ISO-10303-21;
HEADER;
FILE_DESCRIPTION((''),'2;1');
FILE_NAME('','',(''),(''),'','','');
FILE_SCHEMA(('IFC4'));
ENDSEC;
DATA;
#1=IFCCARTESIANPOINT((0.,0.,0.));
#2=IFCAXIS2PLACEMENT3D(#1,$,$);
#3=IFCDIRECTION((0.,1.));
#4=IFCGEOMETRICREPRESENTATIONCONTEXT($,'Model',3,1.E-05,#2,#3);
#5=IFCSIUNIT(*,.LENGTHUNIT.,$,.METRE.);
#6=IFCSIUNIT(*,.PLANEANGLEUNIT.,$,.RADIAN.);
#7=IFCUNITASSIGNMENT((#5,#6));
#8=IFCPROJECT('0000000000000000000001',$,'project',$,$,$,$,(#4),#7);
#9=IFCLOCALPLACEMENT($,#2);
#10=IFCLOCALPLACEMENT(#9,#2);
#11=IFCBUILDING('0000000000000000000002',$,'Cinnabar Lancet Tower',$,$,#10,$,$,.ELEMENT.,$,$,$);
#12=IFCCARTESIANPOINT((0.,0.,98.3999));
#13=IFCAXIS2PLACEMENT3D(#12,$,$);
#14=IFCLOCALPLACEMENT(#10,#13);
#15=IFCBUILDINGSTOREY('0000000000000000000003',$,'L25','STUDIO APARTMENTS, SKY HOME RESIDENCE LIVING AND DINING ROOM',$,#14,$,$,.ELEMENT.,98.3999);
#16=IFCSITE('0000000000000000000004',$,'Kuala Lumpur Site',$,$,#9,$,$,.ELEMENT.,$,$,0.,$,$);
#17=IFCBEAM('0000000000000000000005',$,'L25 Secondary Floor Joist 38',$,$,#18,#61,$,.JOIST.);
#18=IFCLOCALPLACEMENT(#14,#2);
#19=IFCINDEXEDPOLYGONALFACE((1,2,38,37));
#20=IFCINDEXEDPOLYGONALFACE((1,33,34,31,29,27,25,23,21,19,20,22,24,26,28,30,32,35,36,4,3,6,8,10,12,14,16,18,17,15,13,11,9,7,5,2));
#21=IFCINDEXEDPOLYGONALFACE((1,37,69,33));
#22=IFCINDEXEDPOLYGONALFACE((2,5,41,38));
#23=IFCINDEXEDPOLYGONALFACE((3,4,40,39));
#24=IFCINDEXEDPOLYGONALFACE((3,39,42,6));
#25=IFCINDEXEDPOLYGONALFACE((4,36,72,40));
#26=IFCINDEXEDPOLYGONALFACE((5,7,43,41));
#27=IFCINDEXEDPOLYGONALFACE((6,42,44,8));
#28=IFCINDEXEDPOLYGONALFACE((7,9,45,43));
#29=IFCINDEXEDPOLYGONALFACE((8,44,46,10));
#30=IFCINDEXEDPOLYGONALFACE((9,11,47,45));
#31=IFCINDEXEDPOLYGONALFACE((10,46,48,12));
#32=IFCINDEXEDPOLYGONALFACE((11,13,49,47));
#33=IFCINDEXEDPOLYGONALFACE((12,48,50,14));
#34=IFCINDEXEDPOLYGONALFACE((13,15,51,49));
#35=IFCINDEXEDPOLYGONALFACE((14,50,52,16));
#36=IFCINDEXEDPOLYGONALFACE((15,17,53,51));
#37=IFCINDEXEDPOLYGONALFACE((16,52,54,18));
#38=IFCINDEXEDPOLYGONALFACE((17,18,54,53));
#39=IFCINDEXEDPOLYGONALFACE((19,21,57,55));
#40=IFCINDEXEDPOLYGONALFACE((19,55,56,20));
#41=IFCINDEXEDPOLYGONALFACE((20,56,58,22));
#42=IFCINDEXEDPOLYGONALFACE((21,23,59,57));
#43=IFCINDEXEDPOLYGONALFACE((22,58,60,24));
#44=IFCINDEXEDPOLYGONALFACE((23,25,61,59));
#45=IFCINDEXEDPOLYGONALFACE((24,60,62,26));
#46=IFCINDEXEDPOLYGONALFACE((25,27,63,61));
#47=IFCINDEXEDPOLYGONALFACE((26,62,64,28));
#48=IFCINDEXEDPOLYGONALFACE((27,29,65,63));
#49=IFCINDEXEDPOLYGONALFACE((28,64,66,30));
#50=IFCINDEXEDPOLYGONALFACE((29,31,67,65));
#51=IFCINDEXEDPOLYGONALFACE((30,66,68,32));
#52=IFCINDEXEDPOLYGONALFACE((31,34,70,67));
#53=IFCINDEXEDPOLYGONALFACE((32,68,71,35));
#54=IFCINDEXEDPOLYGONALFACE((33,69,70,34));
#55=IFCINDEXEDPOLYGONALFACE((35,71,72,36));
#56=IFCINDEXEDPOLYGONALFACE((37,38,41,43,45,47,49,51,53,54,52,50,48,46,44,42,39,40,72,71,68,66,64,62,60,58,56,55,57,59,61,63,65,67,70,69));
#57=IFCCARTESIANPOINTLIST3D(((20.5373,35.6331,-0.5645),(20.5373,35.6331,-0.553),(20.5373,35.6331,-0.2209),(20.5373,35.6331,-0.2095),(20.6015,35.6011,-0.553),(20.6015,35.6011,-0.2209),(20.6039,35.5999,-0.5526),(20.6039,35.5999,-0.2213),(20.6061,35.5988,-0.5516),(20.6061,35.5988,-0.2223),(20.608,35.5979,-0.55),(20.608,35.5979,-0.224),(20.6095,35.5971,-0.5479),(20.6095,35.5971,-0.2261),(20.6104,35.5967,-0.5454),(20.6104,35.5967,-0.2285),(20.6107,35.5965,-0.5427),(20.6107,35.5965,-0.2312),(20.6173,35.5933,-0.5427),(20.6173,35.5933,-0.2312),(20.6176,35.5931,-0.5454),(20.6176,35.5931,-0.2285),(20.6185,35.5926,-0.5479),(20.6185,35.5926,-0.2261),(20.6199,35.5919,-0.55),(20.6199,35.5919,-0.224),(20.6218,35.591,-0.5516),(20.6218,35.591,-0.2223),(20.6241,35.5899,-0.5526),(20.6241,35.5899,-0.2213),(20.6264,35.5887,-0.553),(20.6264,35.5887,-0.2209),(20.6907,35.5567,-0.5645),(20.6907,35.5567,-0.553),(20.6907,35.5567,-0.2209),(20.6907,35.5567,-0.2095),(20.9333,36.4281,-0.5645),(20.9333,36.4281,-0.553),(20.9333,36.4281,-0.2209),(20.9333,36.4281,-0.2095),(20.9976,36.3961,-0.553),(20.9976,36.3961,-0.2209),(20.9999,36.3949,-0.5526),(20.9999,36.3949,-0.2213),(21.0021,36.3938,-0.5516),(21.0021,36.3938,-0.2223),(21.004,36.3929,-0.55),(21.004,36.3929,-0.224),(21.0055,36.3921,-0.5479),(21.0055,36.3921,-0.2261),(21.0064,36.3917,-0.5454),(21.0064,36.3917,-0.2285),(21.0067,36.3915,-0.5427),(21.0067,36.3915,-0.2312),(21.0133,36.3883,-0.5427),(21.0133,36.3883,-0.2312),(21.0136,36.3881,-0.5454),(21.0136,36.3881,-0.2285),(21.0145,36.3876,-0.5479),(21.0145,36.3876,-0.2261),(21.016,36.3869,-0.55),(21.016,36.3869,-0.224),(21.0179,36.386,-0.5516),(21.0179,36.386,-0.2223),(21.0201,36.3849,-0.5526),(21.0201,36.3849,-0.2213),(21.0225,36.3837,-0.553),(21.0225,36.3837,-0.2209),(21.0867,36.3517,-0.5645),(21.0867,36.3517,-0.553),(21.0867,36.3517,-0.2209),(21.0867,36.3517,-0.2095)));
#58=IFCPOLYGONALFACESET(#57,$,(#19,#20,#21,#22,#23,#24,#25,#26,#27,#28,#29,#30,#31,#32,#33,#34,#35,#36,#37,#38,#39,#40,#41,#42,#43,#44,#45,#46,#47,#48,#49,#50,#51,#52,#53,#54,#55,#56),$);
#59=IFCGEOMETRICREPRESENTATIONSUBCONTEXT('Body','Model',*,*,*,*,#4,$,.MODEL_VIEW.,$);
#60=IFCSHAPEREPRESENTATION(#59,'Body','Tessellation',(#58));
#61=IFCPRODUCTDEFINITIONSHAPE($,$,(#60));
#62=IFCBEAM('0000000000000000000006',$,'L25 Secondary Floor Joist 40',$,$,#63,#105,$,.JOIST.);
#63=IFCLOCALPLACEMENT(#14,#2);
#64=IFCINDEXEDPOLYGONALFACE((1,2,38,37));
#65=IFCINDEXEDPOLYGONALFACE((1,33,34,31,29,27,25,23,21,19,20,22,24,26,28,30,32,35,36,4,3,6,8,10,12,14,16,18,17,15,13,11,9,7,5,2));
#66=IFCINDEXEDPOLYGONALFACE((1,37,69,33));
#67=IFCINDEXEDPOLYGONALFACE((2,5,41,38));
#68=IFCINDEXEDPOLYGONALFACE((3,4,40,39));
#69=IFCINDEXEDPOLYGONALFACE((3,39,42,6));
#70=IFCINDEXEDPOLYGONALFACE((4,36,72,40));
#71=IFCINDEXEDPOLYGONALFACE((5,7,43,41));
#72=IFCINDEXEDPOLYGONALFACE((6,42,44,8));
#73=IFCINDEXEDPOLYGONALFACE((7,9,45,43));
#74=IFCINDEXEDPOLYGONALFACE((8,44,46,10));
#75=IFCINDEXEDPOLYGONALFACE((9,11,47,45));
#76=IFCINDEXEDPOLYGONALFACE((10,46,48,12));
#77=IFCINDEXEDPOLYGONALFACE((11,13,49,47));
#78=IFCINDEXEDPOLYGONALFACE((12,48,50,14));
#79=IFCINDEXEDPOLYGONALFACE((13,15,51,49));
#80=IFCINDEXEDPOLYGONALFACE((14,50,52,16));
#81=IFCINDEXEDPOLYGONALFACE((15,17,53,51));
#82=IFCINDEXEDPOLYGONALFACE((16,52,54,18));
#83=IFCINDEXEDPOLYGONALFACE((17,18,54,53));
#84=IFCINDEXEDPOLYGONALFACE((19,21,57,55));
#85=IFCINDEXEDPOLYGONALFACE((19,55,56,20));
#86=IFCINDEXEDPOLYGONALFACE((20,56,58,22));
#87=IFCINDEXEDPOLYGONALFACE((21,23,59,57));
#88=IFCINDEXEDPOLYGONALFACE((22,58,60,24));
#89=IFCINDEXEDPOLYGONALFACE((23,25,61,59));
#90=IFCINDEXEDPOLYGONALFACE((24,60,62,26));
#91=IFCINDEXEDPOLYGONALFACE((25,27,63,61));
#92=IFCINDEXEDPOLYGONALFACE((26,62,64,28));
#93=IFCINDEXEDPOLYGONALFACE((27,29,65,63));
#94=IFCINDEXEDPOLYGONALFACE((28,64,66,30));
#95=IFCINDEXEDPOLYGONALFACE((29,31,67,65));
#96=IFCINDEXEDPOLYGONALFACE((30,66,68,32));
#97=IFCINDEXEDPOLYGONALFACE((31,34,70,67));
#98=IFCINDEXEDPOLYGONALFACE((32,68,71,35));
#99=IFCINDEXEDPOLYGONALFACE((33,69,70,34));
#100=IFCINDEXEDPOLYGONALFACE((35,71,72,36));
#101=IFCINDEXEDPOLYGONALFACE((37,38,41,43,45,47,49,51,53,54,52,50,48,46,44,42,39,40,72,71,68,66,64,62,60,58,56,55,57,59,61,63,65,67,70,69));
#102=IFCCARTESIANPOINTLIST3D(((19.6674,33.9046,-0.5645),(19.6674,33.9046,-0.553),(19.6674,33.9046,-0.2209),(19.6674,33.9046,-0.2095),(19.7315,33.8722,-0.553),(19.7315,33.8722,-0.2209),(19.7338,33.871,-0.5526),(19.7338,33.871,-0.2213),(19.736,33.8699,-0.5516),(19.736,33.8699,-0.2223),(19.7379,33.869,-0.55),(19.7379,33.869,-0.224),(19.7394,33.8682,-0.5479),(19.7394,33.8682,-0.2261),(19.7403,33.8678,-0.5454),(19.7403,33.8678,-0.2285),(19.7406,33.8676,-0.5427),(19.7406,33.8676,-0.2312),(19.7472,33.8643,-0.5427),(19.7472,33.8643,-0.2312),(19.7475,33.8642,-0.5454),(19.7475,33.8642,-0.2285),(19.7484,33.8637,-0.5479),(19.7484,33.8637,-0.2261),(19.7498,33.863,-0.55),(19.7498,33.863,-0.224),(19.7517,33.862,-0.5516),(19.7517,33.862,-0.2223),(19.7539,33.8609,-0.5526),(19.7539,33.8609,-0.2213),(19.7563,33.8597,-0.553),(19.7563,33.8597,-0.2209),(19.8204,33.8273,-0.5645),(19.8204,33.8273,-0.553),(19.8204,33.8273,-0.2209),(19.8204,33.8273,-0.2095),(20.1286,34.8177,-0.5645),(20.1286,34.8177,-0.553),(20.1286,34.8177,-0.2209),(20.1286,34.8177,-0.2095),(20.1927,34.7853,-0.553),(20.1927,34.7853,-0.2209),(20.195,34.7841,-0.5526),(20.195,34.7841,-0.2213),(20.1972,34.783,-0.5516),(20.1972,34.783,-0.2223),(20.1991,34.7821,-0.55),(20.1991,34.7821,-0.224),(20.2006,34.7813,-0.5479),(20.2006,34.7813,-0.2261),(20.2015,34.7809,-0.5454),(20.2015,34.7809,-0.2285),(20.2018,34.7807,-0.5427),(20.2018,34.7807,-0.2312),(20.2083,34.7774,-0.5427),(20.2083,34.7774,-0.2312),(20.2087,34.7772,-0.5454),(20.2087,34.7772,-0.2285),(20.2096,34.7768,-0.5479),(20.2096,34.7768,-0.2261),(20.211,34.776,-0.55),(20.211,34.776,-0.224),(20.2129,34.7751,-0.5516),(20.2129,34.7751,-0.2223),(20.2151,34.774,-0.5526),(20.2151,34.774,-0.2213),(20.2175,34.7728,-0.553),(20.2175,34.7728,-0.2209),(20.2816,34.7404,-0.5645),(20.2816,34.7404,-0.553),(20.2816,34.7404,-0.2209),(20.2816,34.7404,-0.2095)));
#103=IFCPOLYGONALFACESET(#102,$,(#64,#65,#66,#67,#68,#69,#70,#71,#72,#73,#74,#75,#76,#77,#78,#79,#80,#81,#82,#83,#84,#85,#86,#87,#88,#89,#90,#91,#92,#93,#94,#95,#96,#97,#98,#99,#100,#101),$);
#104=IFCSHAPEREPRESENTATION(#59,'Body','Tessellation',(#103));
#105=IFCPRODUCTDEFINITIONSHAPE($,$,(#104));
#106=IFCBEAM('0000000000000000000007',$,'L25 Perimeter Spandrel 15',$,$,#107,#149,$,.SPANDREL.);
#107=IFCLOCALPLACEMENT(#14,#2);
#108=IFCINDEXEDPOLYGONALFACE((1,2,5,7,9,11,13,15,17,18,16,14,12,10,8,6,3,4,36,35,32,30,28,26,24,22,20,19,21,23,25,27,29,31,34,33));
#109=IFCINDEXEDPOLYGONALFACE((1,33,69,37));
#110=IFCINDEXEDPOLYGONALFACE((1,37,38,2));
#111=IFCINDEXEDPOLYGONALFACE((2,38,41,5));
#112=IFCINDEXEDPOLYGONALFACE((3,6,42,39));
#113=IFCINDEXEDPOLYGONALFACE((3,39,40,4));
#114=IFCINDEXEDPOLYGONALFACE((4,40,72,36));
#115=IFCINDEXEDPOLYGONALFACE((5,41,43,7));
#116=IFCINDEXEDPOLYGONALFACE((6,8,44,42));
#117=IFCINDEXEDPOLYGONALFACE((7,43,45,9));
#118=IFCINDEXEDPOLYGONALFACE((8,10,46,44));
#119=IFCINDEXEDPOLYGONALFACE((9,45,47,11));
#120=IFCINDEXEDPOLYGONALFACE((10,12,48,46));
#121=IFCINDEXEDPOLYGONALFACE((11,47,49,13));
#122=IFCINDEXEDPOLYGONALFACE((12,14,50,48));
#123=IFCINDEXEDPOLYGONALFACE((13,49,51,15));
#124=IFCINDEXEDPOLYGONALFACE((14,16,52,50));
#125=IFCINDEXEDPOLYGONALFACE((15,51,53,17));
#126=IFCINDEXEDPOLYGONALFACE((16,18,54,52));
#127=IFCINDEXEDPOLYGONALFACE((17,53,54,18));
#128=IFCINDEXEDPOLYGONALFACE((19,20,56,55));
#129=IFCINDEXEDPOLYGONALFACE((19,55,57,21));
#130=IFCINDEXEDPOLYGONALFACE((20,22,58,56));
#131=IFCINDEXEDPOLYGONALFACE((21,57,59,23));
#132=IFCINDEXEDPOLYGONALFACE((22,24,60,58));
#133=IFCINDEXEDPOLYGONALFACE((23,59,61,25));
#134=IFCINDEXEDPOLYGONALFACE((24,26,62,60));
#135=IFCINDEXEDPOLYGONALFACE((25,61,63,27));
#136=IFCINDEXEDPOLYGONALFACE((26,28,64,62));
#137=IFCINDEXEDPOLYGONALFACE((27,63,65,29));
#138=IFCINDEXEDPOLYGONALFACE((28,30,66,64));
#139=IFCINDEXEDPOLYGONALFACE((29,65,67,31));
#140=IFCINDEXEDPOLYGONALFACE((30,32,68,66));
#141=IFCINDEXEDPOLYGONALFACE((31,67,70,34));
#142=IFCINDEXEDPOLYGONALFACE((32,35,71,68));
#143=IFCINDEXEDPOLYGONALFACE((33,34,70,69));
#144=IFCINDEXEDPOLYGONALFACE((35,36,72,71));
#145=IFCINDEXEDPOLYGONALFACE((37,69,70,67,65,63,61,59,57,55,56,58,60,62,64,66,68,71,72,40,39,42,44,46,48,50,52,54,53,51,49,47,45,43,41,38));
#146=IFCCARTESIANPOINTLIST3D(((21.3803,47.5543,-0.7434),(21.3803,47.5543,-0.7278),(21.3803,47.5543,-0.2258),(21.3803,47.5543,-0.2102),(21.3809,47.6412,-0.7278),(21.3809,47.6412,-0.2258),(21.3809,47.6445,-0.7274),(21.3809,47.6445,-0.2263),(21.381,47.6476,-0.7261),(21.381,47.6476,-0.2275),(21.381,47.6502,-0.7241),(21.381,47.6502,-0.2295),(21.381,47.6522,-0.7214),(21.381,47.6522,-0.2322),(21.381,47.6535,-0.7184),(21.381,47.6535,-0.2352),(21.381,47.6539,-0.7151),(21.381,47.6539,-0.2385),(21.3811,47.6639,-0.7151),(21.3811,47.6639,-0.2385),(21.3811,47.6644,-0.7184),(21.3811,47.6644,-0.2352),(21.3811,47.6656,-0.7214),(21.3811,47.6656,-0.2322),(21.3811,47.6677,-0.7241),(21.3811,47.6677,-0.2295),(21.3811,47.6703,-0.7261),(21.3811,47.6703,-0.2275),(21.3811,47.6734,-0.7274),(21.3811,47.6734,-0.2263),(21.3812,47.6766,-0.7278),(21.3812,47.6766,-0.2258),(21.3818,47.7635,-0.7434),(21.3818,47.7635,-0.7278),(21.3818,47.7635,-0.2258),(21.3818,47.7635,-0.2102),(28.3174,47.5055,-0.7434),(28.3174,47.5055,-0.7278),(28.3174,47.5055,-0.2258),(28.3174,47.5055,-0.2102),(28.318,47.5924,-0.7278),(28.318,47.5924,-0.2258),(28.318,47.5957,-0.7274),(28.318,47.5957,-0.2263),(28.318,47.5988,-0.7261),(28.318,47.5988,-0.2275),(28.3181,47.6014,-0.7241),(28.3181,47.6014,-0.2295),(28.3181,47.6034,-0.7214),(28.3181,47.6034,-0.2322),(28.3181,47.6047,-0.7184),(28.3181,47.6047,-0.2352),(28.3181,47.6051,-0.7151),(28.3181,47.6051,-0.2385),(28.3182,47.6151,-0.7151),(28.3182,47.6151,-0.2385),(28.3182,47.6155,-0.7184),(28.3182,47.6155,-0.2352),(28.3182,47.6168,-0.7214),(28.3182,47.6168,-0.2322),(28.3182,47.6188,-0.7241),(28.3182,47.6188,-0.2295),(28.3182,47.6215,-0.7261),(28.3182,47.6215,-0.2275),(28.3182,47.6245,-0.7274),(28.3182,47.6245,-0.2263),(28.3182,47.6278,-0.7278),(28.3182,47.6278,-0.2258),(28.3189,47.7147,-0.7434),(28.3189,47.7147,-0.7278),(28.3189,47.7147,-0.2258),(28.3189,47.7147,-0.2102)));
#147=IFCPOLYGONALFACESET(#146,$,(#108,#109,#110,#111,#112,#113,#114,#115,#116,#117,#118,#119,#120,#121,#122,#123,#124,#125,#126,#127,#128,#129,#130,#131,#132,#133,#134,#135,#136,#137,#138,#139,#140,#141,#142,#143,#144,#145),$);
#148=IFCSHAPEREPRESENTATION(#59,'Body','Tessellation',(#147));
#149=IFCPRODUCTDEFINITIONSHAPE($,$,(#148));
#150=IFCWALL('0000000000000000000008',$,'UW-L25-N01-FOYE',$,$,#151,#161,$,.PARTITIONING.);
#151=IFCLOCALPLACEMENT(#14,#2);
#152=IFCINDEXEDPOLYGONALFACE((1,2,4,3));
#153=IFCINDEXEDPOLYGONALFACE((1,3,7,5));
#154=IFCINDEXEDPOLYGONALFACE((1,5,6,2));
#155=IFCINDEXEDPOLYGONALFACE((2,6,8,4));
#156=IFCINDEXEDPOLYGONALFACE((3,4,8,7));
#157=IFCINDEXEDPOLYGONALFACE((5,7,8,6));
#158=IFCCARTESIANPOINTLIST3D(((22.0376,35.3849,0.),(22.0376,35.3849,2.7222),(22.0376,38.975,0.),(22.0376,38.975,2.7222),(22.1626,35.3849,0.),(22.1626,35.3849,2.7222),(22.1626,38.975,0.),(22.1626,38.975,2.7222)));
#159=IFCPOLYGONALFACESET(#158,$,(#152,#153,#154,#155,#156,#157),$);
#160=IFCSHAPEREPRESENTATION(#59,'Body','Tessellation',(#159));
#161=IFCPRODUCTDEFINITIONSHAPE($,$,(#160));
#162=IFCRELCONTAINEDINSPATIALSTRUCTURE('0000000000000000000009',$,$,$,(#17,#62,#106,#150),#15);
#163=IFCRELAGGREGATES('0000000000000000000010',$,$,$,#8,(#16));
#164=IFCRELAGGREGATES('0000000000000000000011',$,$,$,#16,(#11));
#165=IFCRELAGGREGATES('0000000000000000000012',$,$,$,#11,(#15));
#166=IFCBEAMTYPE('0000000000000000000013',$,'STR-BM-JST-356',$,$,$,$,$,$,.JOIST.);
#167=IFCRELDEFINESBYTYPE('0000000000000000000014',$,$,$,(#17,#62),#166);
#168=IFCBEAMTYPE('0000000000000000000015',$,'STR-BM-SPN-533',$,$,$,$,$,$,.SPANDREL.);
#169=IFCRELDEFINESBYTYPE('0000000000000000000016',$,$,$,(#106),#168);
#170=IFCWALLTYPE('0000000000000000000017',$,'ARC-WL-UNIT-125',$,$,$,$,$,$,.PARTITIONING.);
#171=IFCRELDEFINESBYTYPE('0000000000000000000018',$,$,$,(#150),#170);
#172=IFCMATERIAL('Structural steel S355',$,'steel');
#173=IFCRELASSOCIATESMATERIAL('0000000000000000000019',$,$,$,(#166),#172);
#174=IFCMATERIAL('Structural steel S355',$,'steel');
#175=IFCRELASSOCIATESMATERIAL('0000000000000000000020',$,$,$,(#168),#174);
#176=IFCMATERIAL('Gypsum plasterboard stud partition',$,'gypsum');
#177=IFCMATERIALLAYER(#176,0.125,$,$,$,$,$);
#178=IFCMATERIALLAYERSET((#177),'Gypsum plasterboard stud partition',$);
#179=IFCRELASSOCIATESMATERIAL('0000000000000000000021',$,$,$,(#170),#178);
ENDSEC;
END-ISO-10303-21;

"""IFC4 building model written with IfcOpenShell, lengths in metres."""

from ifc_helpers import new_model, si_unit, direction, frame, frame_2d, origin, origin_2d, place, context, subcontext, project, spatial, rectangle, i_section, extrude, material, layer, layer_set, material_profile, profile_set, type_object, element, save


model = new_model("IFC4")

# Units and contexts
model_context = context("Model", 3, precision=1e-05, world=origin(), true_north=direction((0.0, 1.0)))
body_context = subcontext(model_context, "Body", "Model", "MODEL_VIEW")
ifc_project = project(units=[si_unit("LENGTHUNIT", "METRE"), si_unit("PLANEANGLEUNIT", "RADIAN")], contexts=[model_context])

# Site, building, storey
site_placement = place(None, origin())
site = spatial("IfcSite", under=ifc_project, at=site_placement, Name="Kuala Lumpur Site", CompositionType="ELEMENT", RefElevation=0.0)
building_placement = place(site_placement, origin())
building = spatial("IfcBuilding", under=site, at=building_placement, Name="Cinnabar Lancet Tower", CompositionType="ELEMENT")
storey_placement = place(building_placement, frame((0.0, 0.0, 98.3999)))
storey = spatial("IfcBuildingStorey", under=building, at=storey_placement, Name="L25", Description="STUDIO APARTMENTS, SKY HOME RESIDENCE LIVING AND DINING ROOM", CompositionType="ELEMENT", Elevation=98.3999)

# Beams
ifc_material_1 = material(Name="Structural steel S355", Category="steel")
ifc_material_profile_1 = material_profile(ifc_material_1, i_section(OverallWidth=0.1714, OverallDepth=0.355, WebThickness=0.0073, FlangeThickness=0.0115, FilletRadius=0.0103, at=origin_2d()), Name="UKB 356x171x51")
ifc_profile_set_1 = profile_set([ifc_material_profile_1], Name="Structural steel S355")
beam_type_1 = type_object("IfcBeamType", Name="STR-BM-JST-356", PredefinedType="JOIST", material=ifc_profile_set_1)
beam_1_placement = place(storey_placement, frame((21.01, 36.3899, -0.387), z_axis=(-0.445894, -0.895086, 0.0), x_axis=(0.895086, -0.445894, 0.0)))
element("IfcBeam", 1, at=beam_1_placement, inside=storey, type_object=beam_type_1, Name="L25 Secondary Floor Joist 38", PredefinedType="JOIST", context=body_context, shape_type="SweptSolid", body=[
    extrude(i_section(OverallWidth=0.1714, OverallDepth=0.355, WebThickness=0.0073, FlangeThickness=0.0115, FilletRadius=0.0103, at=origin_2d()), origin(), (0.0, 0.0, 1.0), 0.8882),
])
beam_2_placement = place(storey_placement, frame((20.2051, 34.7791, -0.387), z_axis=(-0.450838, -0.892606, 0.0), x_axis=(0.892606, -0.450838, 0.0)))
element("IfcBeam", 2, at=beam_2_placement, inside=storey, type_object=beam_type_1, Name="L25 Secondary Floor Joist 40", PredefinedType="JOIST", context=body_context, shape_type="SweptSolid", body=[
    extrude(i_section(OverallWidth=0.1714, OverallDepth=0.355, WebThickness=0.0073, FlangeThickness=0.0115, FilletRadius=0.0103, at=origin_2d()), origin(), (0.0, 0.0, 1.0), 1.0229),
])
ifc_material_2 = material(Name="Structural steel S355", Category="steel")
ifc_material_profile_2 = material_profile(ifc_material_2, i_section(OverallWidth=0.2092, OverallDepth=0.5332, WebThickness=0.01, FlangeThickness=0.0156, FilletRadius=0.0127, at=origin_2d()), Name="UKB 533x210x92")
ifc_profile_set_2 = profile_set([ifc_material_profile_2], Name="Structural steel S355")
beam_type_2 = type_object("IfcBeamType", Name="STR-BM-SPN-533", PredefinedType="SPANDREL", material=ifc_profile_set_2)
beam_3_placement = place(storey_placement, frame((28.3181, 47.6101, -0.4768), z_axis=(-0.999975, 0.007039, 0.0), x_axis=(-0.007039, -0.999975, 0.0)))
element("IfcBeam", 3, at=beam_3_placement, inside=storey, type_object=beam_type_2, Name="L25 Perimeter Spandrel 15", PredefinedType="SPANDREL", context=body_context, shape_type="SweptSolid", body=[
    extrude(i_section(OverallWidth=0.2092, OverallDepth=0.5332, WebThickness=0.01, FlangeThickness=0.0156, FilletRadius=0.0127, at=origin_2d()), origin(), (0.0, 0.0, 1.0), 6.9373),
])

# Wall
ifc_material_3 = material(Name="Gypsum plasterboard stud partition", Category="gypsum")
ifc_layer_1 = layer(ifc_material_3, 0.125)
ifc_layer_set_1 = layer_set([ifc_layer_1], Name="Gypsum plasterboard stud partition")
wall_type_1 = type_object("IfcWallType", Name="ARC-WL-UNIT-125", PredefinedType="PARTITIONING", material=ifc_layer_set_1)
wall_1_placement = place(storey_placement, frame((22.1001, 35.385, 0.0), z_axis=(0.0, 0.0, 1.0), x_axis=(0.0, 1.0, 0.0)))
element("IfcWall", 4, at=wall_1_placement, inside=storey, type_object=wall_type_1, Name="UW-L25-N01-FOYE", PredefinedType="PARTITIONING", context=body_context, shape_type="SweptSolid", body=[
    extrude(rectangle(XDim=3.5901, YDim=0.125, at=frame_2d((1.7949, 0.0))), origin(), (0.0, 0.0, 1.0), 2.7222),
])

save(model, "model.ifc")
